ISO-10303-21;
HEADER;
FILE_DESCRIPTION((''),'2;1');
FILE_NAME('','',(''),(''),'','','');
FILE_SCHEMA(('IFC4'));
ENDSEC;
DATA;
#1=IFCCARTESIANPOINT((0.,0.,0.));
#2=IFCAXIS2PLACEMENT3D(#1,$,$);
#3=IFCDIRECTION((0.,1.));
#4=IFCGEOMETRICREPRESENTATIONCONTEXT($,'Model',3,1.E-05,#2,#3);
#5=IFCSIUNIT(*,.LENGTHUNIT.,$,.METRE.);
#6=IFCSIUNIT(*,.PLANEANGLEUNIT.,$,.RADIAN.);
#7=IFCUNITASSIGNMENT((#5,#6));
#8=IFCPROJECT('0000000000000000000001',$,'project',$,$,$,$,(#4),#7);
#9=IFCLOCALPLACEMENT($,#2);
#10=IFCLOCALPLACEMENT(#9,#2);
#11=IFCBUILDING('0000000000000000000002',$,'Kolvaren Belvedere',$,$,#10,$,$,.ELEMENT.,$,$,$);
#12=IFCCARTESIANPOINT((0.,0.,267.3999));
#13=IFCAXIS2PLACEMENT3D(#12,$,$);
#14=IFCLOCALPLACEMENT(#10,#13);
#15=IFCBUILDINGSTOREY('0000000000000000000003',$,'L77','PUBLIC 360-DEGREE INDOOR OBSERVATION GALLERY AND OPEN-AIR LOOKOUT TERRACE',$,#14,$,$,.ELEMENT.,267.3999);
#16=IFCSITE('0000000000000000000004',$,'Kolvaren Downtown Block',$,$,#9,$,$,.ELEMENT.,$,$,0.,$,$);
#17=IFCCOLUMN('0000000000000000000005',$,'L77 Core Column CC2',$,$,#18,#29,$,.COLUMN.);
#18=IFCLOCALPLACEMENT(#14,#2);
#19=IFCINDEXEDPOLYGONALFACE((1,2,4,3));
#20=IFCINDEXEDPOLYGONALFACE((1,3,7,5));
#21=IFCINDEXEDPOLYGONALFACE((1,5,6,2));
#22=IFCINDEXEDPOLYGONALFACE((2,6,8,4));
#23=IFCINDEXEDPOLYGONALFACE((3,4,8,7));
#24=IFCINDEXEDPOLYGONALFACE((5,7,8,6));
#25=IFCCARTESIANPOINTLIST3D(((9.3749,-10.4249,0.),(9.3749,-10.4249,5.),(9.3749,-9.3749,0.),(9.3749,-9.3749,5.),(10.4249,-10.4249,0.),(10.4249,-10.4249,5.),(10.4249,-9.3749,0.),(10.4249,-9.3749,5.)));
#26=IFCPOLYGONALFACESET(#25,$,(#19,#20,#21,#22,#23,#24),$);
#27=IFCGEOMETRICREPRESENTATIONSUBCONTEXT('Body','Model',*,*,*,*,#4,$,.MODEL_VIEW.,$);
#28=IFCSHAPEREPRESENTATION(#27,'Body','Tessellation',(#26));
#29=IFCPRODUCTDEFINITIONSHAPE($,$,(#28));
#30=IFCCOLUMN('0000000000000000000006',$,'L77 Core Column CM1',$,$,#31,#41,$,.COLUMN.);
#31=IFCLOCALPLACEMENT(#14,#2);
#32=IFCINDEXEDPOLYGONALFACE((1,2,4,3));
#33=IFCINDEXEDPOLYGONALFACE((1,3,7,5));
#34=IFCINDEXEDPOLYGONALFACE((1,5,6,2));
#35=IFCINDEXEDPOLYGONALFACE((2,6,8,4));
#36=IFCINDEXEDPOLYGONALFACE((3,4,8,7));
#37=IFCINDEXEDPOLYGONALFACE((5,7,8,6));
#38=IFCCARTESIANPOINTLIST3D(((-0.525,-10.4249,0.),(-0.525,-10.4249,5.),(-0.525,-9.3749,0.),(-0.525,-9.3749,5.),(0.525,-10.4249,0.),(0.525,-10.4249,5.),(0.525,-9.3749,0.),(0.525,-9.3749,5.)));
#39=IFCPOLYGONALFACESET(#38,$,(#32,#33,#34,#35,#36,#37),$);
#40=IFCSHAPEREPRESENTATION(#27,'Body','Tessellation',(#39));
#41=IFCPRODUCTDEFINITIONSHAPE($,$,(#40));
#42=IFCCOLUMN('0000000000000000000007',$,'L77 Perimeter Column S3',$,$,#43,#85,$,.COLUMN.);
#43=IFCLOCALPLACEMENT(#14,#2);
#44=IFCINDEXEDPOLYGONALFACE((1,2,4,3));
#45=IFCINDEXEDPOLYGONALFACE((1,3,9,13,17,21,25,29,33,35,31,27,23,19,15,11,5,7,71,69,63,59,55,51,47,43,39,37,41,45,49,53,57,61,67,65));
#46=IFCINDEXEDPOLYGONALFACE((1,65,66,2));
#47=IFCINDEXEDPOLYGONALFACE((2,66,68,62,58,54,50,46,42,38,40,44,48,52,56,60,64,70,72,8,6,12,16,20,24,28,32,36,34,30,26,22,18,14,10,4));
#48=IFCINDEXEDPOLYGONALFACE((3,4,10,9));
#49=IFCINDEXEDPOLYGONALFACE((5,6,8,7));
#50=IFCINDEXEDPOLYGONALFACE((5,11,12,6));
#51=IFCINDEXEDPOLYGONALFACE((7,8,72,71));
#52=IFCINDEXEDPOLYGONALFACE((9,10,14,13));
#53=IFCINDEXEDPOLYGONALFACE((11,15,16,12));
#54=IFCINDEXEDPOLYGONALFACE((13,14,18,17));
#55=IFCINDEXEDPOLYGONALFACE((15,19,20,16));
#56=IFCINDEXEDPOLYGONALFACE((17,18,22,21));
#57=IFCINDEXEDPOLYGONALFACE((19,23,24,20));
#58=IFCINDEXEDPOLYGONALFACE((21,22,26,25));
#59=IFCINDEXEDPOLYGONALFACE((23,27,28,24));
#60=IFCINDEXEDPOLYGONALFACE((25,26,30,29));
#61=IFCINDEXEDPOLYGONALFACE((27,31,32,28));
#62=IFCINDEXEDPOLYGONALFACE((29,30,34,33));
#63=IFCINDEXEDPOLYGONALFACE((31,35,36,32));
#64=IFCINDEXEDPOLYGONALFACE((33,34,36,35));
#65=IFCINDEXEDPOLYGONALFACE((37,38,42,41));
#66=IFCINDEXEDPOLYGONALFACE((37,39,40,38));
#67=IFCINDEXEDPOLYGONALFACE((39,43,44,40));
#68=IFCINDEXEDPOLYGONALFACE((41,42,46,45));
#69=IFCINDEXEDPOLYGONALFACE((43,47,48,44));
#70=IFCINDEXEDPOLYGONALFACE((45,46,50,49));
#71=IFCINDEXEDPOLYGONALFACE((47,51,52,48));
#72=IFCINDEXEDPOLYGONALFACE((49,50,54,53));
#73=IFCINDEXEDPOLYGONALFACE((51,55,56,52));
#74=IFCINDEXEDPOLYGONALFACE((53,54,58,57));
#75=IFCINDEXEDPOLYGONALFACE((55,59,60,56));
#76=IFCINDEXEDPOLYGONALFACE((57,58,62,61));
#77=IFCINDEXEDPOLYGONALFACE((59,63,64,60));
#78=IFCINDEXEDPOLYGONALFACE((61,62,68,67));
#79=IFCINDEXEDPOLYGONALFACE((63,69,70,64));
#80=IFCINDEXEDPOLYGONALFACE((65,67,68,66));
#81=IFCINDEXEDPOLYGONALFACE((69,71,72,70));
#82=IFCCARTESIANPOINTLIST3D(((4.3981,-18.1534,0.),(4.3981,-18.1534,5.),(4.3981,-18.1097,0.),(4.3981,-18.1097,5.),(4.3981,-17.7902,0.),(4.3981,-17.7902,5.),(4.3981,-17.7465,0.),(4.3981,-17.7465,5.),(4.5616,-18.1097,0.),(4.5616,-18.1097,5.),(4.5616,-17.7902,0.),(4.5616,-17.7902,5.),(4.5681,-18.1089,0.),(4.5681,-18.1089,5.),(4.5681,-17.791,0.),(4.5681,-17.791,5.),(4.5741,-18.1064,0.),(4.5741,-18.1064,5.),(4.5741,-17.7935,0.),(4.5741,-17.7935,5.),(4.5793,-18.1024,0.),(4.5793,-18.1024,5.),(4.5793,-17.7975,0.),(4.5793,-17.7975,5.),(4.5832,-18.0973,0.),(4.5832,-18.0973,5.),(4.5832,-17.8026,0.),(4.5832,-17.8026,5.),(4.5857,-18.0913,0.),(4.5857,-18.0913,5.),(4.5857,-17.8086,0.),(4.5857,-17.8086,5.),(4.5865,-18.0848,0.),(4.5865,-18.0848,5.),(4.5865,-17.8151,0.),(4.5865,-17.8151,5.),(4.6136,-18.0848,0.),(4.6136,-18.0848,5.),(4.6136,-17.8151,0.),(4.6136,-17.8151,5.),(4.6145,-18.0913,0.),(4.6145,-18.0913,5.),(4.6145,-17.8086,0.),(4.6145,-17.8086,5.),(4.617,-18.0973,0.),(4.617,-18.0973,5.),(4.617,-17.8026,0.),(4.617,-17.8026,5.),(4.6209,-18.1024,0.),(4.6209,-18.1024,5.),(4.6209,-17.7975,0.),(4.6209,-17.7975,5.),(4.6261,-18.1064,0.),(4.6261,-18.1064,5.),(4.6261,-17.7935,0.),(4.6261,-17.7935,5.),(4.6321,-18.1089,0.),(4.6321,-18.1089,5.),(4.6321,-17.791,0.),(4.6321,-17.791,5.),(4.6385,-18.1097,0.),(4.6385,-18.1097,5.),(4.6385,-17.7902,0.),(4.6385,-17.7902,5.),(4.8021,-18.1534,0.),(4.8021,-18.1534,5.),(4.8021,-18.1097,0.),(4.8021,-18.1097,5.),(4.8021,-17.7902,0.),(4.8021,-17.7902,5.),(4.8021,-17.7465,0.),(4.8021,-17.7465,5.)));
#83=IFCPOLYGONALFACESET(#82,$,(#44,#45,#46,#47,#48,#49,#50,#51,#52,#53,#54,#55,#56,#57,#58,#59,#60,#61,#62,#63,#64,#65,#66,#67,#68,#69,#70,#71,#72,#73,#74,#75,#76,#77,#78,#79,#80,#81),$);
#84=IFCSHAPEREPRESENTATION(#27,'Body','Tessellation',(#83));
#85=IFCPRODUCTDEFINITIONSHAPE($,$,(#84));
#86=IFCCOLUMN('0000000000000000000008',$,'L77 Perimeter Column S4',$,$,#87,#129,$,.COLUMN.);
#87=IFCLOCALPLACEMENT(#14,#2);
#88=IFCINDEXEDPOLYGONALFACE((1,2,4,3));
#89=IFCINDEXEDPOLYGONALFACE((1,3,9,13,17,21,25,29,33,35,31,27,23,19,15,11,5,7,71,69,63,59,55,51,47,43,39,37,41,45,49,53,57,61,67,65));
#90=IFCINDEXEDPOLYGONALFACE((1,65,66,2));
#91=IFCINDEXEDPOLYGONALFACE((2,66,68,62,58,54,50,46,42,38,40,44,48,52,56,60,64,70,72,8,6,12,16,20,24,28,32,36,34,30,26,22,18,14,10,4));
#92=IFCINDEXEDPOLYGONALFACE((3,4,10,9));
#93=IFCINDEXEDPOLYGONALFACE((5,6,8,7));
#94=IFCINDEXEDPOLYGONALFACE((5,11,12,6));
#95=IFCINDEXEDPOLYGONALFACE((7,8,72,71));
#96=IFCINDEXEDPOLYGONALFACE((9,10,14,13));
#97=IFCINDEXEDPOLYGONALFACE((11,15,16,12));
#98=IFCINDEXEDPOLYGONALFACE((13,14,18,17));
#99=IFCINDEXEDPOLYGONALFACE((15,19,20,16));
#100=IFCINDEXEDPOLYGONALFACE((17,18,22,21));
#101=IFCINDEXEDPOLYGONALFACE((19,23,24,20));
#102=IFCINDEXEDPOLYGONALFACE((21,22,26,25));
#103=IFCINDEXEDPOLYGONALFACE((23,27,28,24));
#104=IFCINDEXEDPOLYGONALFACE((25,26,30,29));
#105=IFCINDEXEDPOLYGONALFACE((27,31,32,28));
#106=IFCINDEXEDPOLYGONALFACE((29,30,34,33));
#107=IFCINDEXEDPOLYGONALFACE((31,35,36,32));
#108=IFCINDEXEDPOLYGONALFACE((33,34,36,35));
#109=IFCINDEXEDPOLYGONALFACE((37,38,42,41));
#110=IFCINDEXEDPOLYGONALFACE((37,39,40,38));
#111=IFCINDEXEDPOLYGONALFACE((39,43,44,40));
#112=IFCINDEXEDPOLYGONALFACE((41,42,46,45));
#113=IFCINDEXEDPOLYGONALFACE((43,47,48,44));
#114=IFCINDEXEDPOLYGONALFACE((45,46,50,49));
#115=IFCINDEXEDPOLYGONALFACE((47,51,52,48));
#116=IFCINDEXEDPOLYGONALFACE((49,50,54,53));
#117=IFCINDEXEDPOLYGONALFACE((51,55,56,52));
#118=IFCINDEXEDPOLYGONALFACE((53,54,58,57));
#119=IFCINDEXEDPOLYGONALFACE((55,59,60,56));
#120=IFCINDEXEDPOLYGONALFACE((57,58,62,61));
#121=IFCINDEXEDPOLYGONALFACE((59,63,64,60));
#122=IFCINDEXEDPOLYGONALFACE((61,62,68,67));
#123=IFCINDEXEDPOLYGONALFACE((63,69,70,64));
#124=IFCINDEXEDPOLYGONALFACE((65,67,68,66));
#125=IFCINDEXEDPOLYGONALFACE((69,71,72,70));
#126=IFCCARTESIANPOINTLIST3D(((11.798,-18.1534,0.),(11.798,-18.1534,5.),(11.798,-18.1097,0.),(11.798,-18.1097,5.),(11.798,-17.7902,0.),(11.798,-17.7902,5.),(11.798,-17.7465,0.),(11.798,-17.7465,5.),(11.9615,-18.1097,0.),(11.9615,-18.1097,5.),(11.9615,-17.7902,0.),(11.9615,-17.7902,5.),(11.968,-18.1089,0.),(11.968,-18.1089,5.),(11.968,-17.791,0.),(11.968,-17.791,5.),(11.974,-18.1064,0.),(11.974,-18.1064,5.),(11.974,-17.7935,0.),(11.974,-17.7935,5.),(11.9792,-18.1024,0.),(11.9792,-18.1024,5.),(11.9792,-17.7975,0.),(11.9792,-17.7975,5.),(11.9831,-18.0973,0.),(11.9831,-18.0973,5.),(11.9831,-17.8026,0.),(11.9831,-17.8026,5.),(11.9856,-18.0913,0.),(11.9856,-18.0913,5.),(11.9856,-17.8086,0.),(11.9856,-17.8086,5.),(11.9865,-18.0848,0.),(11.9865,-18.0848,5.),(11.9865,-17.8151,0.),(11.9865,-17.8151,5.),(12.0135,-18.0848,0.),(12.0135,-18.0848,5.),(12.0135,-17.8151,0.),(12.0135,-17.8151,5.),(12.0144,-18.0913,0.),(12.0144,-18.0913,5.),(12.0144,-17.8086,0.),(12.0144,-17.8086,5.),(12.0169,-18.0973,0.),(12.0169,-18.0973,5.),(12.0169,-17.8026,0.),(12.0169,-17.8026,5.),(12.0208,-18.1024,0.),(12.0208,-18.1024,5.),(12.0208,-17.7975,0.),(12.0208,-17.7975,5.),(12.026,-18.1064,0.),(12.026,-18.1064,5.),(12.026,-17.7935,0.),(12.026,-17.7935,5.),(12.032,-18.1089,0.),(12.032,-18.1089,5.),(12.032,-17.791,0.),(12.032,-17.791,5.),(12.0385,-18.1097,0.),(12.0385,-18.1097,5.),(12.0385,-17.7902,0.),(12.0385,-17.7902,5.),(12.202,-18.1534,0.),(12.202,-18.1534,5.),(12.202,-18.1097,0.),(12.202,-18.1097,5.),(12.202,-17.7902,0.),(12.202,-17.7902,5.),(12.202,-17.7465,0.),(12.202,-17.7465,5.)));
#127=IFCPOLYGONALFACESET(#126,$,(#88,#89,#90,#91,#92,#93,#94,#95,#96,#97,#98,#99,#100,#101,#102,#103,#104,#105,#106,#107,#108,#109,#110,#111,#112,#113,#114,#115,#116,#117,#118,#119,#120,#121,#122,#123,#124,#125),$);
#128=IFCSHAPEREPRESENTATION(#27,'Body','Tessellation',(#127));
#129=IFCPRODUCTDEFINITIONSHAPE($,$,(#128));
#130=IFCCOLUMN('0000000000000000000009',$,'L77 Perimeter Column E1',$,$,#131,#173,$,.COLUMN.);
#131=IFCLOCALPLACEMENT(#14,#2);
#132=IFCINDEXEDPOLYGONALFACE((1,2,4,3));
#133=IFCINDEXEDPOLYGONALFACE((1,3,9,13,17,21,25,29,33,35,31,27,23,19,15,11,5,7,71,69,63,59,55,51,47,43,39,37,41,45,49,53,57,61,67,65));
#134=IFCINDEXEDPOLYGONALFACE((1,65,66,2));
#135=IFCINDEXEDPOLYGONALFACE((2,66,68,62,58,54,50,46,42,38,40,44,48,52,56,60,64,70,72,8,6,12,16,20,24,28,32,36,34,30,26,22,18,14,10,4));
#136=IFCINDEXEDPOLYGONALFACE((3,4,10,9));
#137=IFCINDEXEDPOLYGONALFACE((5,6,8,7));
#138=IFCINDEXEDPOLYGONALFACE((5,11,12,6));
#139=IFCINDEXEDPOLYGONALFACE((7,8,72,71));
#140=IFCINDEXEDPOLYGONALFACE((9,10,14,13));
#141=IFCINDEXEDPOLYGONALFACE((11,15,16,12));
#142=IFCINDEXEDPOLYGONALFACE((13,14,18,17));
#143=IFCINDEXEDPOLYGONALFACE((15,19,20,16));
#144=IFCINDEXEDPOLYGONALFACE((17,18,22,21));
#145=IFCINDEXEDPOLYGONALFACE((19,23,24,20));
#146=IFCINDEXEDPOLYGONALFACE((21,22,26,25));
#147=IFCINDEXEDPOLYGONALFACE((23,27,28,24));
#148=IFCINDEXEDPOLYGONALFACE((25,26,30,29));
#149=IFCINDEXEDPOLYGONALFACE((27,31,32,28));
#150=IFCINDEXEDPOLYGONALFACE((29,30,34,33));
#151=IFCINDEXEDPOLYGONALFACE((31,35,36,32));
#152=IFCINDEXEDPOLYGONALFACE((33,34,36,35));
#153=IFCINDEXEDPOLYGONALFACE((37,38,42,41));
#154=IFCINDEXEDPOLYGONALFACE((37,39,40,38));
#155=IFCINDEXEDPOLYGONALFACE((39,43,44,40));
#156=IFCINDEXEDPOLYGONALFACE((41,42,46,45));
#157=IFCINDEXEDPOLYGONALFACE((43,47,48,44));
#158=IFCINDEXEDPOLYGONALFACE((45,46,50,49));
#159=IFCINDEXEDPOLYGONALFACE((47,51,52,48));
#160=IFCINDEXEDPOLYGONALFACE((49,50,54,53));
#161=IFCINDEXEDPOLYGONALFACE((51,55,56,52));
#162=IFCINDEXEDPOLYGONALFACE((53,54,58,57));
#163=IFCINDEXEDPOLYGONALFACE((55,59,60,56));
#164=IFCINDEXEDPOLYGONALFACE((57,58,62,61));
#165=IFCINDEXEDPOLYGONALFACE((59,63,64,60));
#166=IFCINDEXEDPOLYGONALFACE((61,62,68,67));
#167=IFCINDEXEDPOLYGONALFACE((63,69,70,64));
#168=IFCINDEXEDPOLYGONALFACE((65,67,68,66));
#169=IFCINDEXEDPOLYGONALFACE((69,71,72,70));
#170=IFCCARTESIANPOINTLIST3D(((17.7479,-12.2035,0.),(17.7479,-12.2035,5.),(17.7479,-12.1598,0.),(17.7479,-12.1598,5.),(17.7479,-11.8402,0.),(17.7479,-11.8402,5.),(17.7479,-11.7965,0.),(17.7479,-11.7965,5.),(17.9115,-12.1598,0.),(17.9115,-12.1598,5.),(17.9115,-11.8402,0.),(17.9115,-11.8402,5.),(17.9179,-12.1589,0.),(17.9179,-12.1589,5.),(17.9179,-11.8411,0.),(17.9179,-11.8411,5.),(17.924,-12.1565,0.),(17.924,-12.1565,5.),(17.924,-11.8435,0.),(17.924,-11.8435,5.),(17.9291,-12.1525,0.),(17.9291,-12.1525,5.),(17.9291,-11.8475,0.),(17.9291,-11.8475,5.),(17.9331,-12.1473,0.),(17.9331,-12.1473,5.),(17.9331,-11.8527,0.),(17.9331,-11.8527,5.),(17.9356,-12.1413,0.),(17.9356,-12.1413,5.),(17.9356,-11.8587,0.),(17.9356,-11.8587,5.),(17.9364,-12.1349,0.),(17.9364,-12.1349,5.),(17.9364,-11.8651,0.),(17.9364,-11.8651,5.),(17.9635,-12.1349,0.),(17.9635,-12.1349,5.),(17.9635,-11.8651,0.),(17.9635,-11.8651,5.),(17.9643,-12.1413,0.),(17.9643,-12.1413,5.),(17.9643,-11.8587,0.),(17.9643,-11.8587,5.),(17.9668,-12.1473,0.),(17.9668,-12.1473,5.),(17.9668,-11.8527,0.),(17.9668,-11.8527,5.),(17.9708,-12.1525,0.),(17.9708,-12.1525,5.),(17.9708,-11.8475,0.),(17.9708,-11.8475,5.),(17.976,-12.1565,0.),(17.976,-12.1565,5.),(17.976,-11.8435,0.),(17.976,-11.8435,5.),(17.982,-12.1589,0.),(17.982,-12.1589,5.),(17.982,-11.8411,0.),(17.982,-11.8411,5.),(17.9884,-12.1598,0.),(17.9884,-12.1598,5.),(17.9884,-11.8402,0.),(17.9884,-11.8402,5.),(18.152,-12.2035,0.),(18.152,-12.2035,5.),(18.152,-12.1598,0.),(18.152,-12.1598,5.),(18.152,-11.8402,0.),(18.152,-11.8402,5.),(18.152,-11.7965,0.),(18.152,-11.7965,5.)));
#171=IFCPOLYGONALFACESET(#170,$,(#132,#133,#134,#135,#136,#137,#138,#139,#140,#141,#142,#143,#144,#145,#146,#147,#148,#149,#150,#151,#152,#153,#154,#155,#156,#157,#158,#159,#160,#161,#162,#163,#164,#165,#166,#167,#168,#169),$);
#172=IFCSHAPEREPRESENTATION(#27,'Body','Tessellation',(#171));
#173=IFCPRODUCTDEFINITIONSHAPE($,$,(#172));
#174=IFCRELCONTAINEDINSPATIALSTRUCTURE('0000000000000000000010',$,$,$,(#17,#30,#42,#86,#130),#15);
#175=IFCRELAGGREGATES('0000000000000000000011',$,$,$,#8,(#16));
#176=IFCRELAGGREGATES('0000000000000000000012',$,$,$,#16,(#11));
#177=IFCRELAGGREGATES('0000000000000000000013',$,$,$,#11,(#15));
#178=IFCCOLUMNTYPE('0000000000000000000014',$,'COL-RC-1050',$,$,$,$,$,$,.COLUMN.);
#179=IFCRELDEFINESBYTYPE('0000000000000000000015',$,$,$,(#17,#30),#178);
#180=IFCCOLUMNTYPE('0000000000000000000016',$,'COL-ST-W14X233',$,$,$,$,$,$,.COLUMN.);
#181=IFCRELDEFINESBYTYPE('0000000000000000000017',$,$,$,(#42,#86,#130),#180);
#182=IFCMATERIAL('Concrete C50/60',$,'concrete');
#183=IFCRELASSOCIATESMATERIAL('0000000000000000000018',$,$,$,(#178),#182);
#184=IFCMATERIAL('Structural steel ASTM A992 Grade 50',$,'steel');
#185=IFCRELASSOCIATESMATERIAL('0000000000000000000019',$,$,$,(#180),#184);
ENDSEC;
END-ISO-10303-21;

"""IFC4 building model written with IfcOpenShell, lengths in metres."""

from ifc_helpers import new_model, si_unit, direction, frame, origin, origin_2d, place, context, subcontext, project, spatial, rectangle, i_section, extrude, material, material_profile, profile_set, type_object, element, save


model = new_model("IFC4")

# Units and contexts
model_context = context("Model", 3, precision=1e-05, world=origin(), true_north=direction((0.0, 1.0)))
body_context = subcontext(model_context, "Body", "Model", "MODEL_VIEW")
ifc_project = project(units=[si_unit("LENGTHUNIT", "METRE"), si_unit("PLANEANGLEUNIT", "RADIAN")], contexts=[model_context])

# Site, building, storey
site_placement = place(None, origin())
site = spatial("IfcSite", under=ifc_project, at=site_placement, Name="Kolvaren Downtown Block", CompositionType="ELEMENT", RefElevation=0.0)
building_placement = place(site_placement, origin())
building = spatial("IfcBuilding", under=site, at=building_placement, Name="Kolvaren Belvedere", CompositionType="ELEMENT")
storey_placement = place(building_placement, frame((0.0, 0.0, 267.3999)))
storey = spatial("IfcBuildingStorey", under=building, at=storey_placement, Name="L77", Description="PUBLIC 360-DEGREE INDOOR OBSERVATION GALLERY AND OPEN-AIR LOOKOUT TERRACE", CompositionType="ELEMENT", Elevation=267.3999)

# Columns
ifc_material_1 = material(Name="Concrete C50/60", Category="concrete")
ifc_material_profile_1 = material_profile(ifc_material_1, rectangle(XDim=1.05, YDim=1.05, at=origin_2d()), Name="RC 1050X1050")
ifc_profile_set_1 = profile_set([ifc_material_profile_1], Name="Concrete C50/60")
column_type_1 = type_object("IfcColumnType", Name="COL-RC-1050", PredefinedType="COLUMN", material=ifc_profile_set_1)
for number, where, z_axis, x_axis, name in (
    (1, (9.8999, -9.8999, 0.0), (0.0, 0.0, 1.0), (1.0, 0.0, 0.0), "L77 Core Column CC2"),
    (2, (0.0, -9.8999, 0.0), (0.0, 0.0, 1.0), (1.0, 0.0, 0.0), "L77 Core Column CM1"),
):
    element("IfcColumn", number, at=place(storey_placement, frame(where, z_axis=z_axis, x_axis=x_axis)), inside=storey, type_object=column_type_1, Name=name, PredefinedType="COLUMN", context=body_context, shape_type="SweptSolid", body=[
        extrude(rectangle(XDim=1.05, YDim=1.05, at=origin_2d()), origin(), (0.0, 0.0, 1.0), 5.0),
    ])
ifc_material_2 = material(Name="Structural steel ASTM A992 Grade 50", Category="steel")
ifc_material_profile_2 = material_profile(ifc_material_2, i_section(OverallWidth=0.4041, OverallDepth=0.407, WebThickness=0.0271, FlangeThickness=0.0437, FilletRadius=0.0249, at=origin_2d()), Name="W14X233")
ifc_profile_set_2 = profile_set([ifc_material_profile_2], Name="Structural steel ASTM A992 Grade 50")
column_type_2 = type_object("IfcColumnType", Name="COL-ST-W14X233", PredefinedType="COLUMN", material=ifc_profile_set_2)
for number, where, z_axis, x_axis, name in (
    (3, (4.6001, -17.95, 0.0), (0.0, 0.0, 1.0), (1.0, 0.0, 0.0), "L77 Perimeter Column S3"),
    (4, (12.0, -17.95, 0.0), (0.0, 0.0, 1.0), (1.0, 0.0, 0.0), "L77 Perimeter Column S4"),
    (5, (17.95, -12.0, 0.0), (0.0, 0.0, 1.0), (1.0, 0.0, 0.0), "L77 Perimeter Column E1"),
):
    element("IfcColumn", number, at=place(storey_placement, frame(where, z_axis=z_axis, x_axis=x_axis)), inside=storey, type_object=column_type_2, Name=name, PredefinedType="COLUMN", context=body_context, shape_type="SweptSolid", body=[
        extrude(i_section(OverallWidth=0.4041, OverallDepth=0.407, WebThickness=0.0271, FlangeThickness=0.0437, FilletRadius=0.0249, at=origin_2d()), origin(), (0.0, 0.0, 1.0), 5.0),
    ])

save(model, "model.ifc")
